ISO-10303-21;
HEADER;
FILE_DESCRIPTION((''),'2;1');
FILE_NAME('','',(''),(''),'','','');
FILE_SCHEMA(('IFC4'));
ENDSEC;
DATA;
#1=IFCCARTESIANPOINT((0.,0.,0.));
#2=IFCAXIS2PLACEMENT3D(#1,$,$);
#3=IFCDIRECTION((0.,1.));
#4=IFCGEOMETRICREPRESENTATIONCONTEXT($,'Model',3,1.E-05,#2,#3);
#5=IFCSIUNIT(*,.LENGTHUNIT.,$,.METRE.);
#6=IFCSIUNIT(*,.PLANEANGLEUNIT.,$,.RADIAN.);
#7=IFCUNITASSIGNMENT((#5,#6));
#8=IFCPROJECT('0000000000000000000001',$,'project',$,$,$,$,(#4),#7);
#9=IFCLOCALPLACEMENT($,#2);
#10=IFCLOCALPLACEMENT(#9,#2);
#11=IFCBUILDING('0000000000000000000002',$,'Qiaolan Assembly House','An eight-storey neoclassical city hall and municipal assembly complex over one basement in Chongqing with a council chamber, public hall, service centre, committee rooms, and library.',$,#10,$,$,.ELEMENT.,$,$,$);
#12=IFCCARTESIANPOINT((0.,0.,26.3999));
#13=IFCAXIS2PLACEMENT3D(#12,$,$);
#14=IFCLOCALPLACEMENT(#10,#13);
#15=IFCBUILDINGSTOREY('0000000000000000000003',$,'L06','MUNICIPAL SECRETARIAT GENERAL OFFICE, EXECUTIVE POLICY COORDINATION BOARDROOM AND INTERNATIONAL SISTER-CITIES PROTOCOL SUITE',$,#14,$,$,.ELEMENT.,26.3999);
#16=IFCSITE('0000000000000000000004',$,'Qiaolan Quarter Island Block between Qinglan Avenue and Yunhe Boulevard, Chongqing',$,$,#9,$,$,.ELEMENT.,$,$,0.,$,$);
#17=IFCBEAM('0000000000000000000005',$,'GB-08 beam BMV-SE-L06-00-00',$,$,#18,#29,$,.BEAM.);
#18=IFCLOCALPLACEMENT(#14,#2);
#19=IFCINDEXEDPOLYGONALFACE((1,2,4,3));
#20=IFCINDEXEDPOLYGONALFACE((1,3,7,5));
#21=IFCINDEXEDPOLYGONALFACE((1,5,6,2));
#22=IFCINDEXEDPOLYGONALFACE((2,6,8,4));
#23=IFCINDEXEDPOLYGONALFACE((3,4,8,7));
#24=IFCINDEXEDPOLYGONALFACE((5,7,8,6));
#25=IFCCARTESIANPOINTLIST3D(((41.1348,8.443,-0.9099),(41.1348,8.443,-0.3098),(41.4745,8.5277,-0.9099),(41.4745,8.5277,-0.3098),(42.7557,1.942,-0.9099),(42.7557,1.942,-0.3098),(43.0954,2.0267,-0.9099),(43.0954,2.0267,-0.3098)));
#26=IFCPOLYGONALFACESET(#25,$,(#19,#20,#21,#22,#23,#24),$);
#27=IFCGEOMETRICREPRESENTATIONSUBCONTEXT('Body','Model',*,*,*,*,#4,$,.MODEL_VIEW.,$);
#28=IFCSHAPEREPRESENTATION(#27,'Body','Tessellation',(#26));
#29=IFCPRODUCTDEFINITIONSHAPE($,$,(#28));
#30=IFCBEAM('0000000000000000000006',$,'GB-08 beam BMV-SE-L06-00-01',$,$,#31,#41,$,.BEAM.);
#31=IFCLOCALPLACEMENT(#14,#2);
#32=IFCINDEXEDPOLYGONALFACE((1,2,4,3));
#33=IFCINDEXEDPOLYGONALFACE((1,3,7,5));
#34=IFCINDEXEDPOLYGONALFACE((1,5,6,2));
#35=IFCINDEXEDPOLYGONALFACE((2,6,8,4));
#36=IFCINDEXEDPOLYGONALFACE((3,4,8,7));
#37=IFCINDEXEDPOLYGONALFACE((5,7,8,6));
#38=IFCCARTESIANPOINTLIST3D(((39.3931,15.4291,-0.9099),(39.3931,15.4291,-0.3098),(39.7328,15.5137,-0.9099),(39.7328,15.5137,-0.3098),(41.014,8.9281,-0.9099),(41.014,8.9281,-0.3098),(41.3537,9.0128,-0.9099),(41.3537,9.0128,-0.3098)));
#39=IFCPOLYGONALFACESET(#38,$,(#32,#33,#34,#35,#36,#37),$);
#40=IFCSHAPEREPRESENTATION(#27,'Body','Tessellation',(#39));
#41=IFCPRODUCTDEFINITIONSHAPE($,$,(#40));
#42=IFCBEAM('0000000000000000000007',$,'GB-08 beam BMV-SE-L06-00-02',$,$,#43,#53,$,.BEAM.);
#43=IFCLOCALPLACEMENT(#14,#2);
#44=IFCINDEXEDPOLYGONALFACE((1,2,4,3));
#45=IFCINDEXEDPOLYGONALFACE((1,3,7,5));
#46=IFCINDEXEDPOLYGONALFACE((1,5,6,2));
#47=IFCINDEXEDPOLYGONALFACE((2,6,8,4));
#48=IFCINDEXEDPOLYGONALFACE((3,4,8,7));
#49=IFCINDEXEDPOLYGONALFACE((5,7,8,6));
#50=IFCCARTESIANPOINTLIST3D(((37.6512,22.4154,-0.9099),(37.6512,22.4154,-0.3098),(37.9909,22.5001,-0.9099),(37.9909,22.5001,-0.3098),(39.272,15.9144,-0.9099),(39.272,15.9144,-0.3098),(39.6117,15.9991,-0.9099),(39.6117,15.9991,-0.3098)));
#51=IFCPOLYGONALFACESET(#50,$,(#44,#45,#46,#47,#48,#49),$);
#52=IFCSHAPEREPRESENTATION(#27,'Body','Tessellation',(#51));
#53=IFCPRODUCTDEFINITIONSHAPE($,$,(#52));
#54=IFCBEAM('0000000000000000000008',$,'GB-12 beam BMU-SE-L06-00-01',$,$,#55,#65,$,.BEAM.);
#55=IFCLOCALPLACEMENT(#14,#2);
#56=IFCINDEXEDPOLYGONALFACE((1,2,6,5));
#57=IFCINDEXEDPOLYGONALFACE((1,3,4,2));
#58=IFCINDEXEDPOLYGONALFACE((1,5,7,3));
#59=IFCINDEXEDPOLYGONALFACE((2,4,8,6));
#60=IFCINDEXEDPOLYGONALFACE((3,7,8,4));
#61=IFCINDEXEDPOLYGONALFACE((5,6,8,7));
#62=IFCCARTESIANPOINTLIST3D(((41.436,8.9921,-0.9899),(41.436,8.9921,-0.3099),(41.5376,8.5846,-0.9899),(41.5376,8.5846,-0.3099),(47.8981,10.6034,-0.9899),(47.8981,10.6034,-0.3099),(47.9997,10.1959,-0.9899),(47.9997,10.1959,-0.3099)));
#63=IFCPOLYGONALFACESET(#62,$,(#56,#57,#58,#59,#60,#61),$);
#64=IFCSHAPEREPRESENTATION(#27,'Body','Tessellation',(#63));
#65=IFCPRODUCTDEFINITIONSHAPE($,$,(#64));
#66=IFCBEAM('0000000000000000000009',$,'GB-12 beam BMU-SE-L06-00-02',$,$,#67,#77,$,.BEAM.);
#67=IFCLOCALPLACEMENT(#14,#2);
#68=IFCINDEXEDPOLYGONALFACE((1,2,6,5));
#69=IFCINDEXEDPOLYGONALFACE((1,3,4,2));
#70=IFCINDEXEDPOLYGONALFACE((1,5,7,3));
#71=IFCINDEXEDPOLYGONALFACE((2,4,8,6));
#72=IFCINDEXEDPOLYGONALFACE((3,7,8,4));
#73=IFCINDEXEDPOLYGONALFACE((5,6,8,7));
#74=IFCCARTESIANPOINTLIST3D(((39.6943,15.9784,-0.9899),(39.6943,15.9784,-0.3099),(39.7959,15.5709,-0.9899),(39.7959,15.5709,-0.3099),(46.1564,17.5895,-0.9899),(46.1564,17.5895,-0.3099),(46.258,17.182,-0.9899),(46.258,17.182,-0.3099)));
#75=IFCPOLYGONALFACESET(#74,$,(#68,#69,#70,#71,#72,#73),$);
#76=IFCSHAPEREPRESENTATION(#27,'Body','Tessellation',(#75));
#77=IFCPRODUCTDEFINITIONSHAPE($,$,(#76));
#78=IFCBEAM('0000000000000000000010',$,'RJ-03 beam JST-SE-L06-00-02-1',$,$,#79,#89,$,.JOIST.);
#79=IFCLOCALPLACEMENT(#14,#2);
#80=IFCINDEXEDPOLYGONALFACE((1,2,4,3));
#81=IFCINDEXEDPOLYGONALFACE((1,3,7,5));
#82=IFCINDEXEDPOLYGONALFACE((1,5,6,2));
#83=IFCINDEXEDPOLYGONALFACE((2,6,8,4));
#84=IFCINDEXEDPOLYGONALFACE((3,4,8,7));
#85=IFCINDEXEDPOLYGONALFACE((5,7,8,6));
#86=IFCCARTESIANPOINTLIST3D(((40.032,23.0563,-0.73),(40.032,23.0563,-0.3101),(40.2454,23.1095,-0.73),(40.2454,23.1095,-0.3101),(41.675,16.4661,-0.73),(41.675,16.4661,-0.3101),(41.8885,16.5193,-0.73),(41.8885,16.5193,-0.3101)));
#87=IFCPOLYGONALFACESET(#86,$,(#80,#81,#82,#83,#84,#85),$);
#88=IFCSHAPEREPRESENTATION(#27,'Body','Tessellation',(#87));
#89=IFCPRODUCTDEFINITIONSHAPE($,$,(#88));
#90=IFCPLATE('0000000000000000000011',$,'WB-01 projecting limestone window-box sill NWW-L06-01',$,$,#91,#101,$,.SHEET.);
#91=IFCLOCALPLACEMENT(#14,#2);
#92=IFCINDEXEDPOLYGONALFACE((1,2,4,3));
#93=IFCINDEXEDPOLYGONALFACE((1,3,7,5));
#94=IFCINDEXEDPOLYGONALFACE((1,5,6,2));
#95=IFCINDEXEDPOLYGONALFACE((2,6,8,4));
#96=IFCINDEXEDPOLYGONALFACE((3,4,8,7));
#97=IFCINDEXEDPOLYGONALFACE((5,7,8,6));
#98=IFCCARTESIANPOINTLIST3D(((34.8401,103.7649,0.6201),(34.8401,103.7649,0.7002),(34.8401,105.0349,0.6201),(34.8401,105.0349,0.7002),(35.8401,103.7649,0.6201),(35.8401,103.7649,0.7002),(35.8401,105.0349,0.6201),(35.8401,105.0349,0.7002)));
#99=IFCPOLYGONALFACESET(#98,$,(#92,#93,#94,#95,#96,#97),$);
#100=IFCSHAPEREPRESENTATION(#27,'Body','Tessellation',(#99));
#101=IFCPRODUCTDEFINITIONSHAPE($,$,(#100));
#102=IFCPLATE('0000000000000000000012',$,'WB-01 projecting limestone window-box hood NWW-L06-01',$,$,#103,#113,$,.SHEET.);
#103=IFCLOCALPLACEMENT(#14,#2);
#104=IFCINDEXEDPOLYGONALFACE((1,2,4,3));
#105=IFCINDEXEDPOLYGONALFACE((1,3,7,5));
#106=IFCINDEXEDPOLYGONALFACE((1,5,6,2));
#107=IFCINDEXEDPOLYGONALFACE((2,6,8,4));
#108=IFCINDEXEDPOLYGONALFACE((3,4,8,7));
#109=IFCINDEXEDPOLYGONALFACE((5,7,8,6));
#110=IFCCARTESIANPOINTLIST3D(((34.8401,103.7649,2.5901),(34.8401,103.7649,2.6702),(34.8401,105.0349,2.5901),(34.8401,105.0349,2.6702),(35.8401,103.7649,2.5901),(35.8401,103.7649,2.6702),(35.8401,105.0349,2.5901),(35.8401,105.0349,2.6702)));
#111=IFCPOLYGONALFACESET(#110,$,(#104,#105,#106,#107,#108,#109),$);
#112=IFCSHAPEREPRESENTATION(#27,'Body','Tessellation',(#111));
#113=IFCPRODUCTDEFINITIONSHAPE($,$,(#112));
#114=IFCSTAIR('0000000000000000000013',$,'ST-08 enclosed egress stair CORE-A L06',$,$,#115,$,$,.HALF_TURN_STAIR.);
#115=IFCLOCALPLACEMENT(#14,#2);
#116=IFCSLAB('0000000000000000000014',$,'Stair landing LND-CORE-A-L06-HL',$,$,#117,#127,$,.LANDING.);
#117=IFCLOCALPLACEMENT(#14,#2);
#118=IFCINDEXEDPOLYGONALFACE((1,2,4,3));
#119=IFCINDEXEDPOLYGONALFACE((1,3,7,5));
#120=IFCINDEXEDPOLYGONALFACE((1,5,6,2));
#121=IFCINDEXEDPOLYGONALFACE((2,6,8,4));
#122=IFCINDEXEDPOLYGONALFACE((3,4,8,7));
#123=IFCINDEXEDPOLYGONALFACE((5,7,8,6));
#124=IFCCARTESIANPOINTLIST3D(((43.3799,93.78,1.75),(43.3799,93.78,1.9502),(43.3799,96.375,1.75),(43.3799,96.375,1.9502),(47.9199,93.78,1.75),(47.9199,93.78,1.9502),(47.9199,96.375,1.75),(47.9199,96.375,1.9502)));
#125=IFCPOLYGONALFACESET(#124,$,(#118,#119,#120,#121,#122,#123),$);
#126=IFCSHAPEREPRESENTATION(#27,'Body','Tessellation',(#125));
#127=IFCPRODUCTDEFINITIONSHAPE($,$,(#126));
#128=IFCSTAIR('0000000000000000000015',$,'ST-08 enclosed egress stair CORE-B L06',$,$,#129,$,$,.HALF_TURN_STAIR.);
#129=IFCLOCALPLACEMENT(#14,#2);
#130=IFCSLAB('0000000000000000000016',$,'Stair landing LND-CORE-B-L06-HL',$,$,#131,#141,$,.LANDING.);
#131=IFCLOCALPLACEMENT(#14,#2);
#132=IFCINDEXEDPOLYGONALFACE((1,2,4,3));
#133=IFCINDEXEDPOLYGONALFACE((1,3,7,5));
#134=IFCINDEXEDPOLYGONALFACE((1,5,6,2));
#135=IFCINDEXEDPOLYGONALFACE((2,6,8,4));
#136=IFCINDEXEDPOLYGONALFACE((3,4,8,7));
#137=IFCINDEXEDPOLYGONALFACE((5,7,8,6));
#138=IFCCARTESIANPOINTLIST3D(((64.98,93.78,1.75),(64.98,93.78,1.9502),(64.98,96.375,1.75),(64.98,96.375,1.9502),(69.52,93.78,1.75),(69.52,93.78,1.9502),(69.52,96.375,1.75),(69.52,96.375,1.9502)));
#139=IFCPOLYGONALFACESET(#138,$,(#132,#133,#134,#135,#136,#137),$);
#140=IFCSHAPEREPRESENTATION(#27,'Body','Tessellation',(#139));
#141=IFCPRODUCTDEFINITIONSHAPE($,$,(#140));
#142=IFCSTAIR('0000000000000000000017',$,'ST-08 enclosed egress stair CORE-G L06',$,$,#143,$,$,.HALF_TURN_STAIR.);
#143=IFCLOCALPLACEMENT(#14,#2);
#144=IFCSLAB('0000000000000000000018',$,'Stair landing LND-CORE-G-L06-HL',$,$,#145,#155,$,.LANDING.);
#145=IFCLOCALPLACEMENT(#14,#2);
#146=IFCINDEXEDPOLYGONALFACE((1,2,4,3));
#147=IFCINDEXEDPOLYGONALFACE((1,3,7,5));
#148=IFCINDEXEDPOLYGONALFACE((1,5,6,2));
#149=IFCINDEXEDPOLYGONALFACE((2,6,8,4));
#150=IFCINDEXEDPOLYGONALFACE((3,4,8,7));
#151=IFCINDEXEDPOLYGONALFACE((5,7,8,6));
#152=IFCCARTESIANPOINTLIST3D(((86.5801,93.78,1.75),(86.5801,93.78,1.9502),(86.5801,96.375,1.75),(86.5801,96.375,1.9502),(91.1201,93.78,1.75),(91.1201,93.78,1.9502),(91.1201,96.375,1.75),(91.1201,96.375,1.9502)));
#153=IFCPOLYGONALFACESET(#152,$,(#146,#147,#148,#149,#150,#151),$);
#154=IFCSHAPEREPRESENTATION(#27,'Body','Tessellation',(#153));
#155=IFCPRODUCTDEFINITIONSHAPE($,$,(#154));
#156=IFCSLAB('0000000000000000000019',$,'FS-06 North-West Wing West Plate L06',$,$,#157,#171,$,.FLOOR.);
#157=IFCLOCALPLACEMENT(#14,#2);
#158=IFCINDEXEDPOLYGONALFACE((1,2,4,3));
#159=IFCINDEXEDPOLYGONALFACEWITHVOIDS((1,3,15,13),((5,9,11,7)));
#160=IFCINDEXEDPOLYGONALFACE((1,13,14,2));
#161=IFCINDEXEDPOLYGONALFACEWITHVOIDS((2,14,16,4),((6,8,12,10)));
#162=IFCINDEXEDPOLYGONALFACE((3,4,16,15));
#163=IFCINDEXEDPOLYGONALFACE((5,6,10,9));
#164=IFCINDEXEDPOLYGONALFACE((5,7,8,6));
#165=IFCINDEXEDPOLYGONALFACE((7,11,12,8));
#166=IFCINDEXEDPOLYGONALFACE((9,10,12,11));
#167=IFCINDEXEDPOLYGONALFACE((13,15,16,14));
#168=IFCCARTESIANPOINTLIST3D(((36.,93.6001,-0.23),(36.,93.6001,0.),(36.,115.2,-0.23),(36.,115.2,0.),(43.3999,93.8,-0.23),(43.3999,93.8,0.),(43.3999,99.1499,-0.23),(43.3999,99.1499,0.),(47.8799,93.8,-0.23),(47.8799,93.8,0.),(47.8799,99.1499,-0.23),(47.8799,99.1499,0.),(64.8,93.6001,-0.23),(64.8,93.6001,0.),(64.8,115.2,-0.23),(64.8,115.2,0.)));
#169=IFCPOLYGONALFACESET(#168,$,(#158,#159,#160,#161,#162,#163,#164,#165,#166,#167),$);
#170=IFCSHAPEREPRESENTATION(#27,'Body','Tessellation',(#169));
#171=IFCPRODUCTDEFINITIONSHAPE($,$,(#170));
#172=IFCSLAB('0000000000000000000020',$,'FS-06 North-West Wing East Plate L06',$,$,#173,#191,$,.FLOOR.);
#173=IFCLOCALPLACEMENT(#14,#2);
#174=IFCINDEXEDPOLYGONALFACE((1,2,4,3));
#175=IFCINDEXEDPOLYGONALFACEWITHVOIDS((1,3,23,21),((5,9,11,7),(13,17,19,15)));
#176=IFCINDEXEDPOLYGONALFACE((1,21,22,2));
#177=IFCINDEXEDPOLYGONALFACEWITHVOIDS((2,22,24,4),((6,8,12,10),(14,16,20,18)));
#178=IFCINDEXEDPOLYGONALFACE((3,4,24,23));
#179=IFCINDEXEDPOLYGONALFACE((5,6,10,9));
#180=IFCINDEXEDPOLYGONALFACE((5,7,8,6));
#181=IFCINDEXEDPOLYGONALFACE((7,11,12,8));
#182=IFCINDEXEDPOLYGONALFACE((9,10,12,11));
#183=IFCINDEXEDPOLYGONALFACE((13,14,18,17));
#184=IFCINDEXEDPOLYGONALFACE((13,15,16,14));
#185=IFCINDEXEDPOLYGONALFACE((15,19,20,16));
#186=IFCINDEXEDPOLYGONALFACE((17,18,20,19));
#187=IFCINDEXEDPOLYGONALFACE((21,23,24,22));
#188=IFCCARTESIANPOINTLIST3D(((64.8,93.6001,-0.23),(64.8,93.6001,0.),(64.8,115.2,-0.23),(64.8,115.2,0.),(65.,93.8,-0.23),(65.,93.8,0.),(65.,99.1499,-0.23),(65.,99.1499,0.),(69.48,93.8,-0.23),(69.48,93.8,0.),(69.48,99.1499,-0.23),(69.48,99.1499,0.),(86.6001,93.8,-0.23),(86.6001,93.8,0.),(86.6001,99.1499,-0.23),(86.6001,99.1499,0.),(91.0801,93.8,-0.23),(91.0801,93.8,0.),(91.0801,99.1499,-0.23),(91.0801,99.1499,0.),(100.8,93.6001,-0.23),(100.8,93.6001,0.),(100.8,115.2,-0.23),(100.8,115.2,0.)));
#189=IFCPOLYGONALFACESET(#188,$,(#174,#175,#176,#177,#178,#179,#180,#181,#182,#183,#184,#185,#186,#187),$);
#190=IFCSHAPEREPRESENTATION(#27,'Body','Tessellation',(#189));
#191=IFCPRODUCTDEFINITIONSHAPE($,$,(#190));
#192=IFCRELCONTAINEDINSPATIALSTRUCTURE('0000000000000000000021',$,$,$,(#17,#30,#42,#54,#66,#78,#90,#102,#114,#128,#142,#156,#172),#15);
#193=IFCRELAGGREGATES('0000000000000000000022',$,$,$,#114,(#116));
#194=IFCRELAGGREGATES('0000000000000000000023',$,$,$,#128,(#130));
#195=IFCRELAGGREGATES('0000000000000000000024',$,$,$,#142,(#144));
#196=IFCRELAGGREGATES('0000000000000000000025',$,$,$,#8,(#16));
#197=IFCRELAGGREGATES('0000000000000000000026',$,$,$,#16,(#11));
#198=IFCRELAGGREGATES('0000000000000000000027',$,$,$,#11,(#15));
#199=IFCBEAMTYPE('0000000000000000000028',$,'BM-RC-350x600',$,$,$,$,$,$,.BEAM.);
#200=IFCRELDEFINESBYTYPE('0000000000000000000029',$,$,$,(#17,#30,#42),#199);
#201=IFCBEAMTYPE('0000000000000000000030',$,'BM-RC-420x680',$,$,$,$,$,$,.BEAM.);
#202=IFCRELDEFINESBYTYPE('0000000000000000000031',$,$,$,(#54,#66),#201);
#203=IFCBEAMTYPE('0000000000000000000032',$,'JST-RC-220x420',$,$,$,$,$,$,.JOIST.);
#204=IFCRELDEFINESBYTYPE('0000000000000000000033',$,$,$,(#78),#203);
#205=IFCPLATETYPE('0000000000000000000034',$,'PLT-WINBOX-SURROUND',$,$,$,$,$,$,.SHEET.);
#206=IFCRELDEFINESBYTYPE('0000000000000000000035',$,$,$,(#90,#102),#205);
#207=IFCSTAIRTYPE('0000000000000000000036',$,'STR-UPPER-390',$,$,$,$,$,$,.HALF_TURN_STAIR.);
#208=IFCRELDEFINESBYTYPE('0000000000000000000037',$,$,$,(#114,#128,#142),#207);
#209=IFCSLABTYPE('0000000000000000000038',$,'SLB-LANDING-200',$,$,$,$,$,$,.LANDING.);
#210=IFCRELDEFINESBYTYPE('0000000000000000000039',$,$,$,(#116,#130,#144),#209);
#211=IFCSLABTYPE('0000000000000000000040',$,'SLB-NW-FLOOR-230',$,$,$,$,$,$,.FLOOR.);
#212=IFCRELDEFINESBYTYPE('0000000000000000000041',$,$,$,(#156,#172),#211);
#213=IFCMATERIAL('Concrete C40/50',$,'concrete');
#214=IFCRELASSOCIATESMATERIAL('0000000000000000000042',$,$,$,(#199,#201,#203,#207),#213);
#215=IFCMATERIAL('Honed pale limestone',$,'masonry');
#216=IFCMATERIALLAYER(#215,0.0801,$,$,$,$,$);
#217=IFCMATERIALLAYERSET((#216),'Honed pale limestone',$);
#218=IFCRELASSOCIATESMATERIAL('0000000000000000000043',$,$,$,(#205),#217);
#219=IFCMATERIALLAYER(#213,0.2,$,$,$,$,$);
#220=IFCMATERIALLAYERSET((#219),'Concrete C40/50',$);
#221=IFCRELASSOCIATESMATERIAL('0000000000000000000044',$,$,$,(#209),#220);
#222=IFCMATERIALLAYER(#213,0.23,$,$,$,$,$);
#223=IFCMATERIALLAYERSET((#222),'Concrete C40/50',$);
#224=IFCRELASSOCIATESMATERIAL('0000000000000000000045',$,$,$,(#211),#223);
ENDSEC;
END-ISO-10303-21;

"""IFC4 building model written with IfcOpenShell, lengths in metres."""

from ifc_helpers import new_model, si_unit, direction, frame, origin, origin_2d, place, context, subcontext, project, spatial, polyline, rectangle, outline, extrude, material, layer, layer_set, material_profile, profile_set, type_object, element, aggregate, save


model = new_model("IFC4")

# Units and contexts
model_context = context("Model", 3, precision=1e-05, world=origin(), true_north=direction((0.0, 1.0)))
body_context = subcontext(model_context, "Body", "Model", "MODEL_VIEW")
ifc_project = project(units=[si_unit("LENGTHUNIT", "METRE"), si_unit("PLANEANGLEUNIT", "RADIAN")], contexts=[model_context])

# Site, building, storey
site_placement = place(None, origin())
site = spatial("IfcSite", under=ifc_project, at=site_placement, Name="Qiaolan Quarter Island Block between Qinglan Avenue and Yunhe Boulevard, Chongqing", CompositionType="ELEMENT", RefElevation=0.0)
building_placement = place(site_placement, origin())
building = spatial("IfcBuilding", under=site, at=building_placement, Name="Qiaolan Assembly House", Description="An eight-storey neoclassical city hall and municipal assembly complex over one basement in Chongqing with a council chamber, public hall, service centre, committee rooms, and library.", CompositionType="ELEMENT")
storey_placement = place(building_placement, frame((0.0, 0.0, 26.3999)))
storey = spatial("IfcBuildingStorey", under=building, at=storey_placement, Name="L06", Description="MUNICIPAL SECRETARIAT GENERAL OFFICE, EXECUTIVE POLICY COORDINATION BOARDROOM AND INTERNATIONAL SISTER-CITIES PROTOCOL SUITE", CompositionType="ELEMENT", Elevation=26.3999)

# Beams
ifc_material_1 = material(Name="Concrete C40/50", Category="concrete")
ifc_material_profile_1 = material_profile(ifc_material_1, rectangle(XDim=0.3501, YDim=0.6001, at=origin_2d()), Name="RCB 350x600")
ifc_profile_set_1 = profile_set([ifc_material_profile_1], Name="Concrete C40/50")
beam_type_1 = type_object("IfcBeamType", Name="BM-RC-350x600", PredefinedType="BEAM", material=ifc_profile_set_1)
for number, where, z_axis, x_axis, name in (
    (1, (42.9255, 1.9844, -0.6099), (-0.241918, 0.970297, 0.0), (-0.970297, -0.241918, 0.0), "GB-08 beam BMV-SE-L06-00-00"),
    (2, (41.1838, 8.9705, -0.6099), (-0.241918, 0.970297, 0.0), (-0.970297, -0.241918, 0.0), "GB-08 beam BMV-SE-L06-00-01"),
    (3, (39.4419, 15.9568, -0.6099), (-0.241918, 0.970297, 0.0), (-0.970297, -0.241918, 0.0), "GB-08 beam BMV-SE-L06-00-02"),
):
    element("IfcBeam", number, at=place(storey_placement, frame(where, z_axis=z_axis, x_axis=x_axis)), inside=storey, type_object=beam_type_1, Name=name, PredefinedType="BEAM", context=body_context, shape_type="SweptSolid", body=[
        extrude(rectangle(XDim=0.3501, YDim=0.6001, at=origin_2d()), origin(), (0.0, 0.0, 1.0), 6.7),
    ])
ifc_material_profile_2 = material_profile(ifc_material_1, rectangle(XDim=0.4199, YDim=0.6799, at=origin_2d()), Name="RCB 420x680")
ifc_profile_set_2 = profile_set([ifc_material_profile_2], Name="Concrete C40/50")
beam_type_2 = type_object("IfcBeamType", Name="BM-RC-420x680", PredefinedType="BEAM", material=ifc_profile_set_2)
for number, where, z_axis, x_axis, name in (
    (4, (41.4868, 8.7883, -0.6499), (0.970291, 0.24194, 0.0), (-0.24194, 0.970291, 0.0), "GB-12 beam BMU-SE-L06-00-01"),
    (5, (39.7451, 15.7747, -0.6499), (0.9703, 0.241906, 0.0), (-0.241906, 0.9703, 0.0), "GB-12 beam BMU-SE-L06-00-02"),
):
    element("IfcBeam", number, at=place(storey_placement, frame(where, z_axis=z_axis, x_axis=x_axis)), inside=storey, type_object=beam_type_2, Name=name, PredefinedType="BEAM", context=body_context, shape_type="SweptSolid", body=[
        extrude(rectangle(XDim=0.4199, YDim=0.6799, at=origin_2d()), origin(), (0.0, 0.0, 1.0), 6.6599),
    ])
ifc_material_profile_3 = material_profile(ifc_material_1, rectangle(XDim=0.22, YDim=0.4199, at=origin_2d()), Name="RCB 220x420")
ifc_profile_set_3 = profile_set([ifc_material_profile_3], Name="Concrete C40/50")
beam_type_3 = type_object("IfcBeamType", Name="JST-RC-220x420", PredefinedType="JOIST", material=ifc_profile_set_3)
beam_placement = place(storey_placement, frame((41.7817, 16.4927, -0.52), z_axis=(-0.24191, 0.970299, 0.0), x_axis=(-0.970299, -0.24191, 0.0)))
element("IfcBeam", 6, at=beam_placement, inside=storey, type_object=beam_type_3, Name="RJ-03 beam JST-SE-L06-00-02-1", PredefinedType="JOIST", context=body_context, shape_type="SweptSolid", body=[
    extrude(rectangle(XDim=0.22, YDim=0.4199, at=origin_2d()), origin(), (0.0, 0.0, 1.0), 6.792),
])

# Plates
ifc_material_2 = material(Name="Honed pale limestone", Category="masonry")
ifc_layer_1 = layer(ifc_material_2, 0.0801)
ifc_layer_set_1 = layer_set([ifc_layer_1], Name="Honed pale limestone")
plate_type = type_object("IfcPlateType", Name="PLT-WINBOX-SURROUND", PredefinedType="SHEET", material=ifc_layer_set_1)
for number, where, name in (
    (7, (0.0, 0.0, 0.6201), "WB-01 projecting limestone window-box sill NWW-L06-01"),
    (8, (0.0, 0.0, 2.5901), "WB-01 projecting limestone window-box hood NWW-L06-01"),
):
    element("IfcPlate", number, at=place(storey_placement, frame(where)), inside=storey, type_object=plate_type, Name=name, PredefinedType="SHEET", context=body_context, shape_type="SweptSolid", body=[
        extrude(outline(polyline([(34.8401, 103.7649), (34.8401, 105.0349), (35.8401, 105.0349), (35.8401, 103.7649), (34.8401, 103.7649)])), origin(), (0.0, 0.0, 1.0), 0.0801),
    ])

# Stairs, slabs
stair_type = type_object("IfcStairType", Name="STR-UPPER-390", PredefinedType="HALF_TURN_STAIR", material=ifc_material_1)
stair_1_placement = place(storey_placement, origin())
stair_1 = element("IfcStair", 9, at=stair_1_placement, inside=storey, type_object=stair_type, Name="ST-08 enclosed egress stair CORE-A L06", PredefinedType="HALF_TURN_STAIR")
ifc_layer_2 = layer(ifc_material_1, 0.2)
ifc_layer_set_2 = layer_set([ifc_layer_2], Name="Concrete C40/50")
slab_type_1 = type_object("IfcSlabType", Name="SLB-LANDING-200", PredefinedType="LANDING", material=ifc_layer_set_2)
slab_1_placement = place(storey_placement, frame((0.0, 0.0, 1.75)))
slab_1 = element("IfcSlab", 10, at=slab_1_placement, type_object=slab_type_1, Name="Stair landing LND-CORE-A-L06-HL", PredefinedType="LANDING", context=body_context, shape_type="SweptSolid", body=[
    extrude(outline(polyline([(43.3799, 93.78), (43.3799, 96.375), (47.9199, 96.375), (47.9199, 93.78), (43.3799, 93.78)])), origin(), (0.0, 0.0, 1.0), 0.2002),
])
aggregate(stair_1, [slab_1])
stair_2_placement = place(storey_placement, origin())
stair_2 = element("IfcStair", 11, at=stair_2_placement, inside=storey, type_object=stair_type, Name="ST-08 enclosed egress stair CORE-B L06", PredefinedType="HALF_TURN_STAIR")
slab_2_placement = place(storey_placement, frame((0.0, 0.0, 1.75)))
slab_2 = element("IfcSlab", 12, at=slab_2_placement, type_object=slab_type_1, Name="Stair landing LND-CORE-B-L06-HL", PredefinedType="LANDING", context=body_context, shape_type="SweptSolid", body=[
    extrude(outline(polyline([(64.98, 93.78), (64.98, 96.375), (69.52, 96.375), (69.52, 93.78), (64.98, 93.78)])), origin(), (0.0, 0.0, 1.0), 0.2002),
])
aggregate(stair_2, [slab_2])
stair_3_placement = place(storey_placement, origin())
stair_3 = element("IfcStair", 13, at=stair_3_placement, inside=storey, type_object=stair_type, Name="ST-08 enclosed egress stair CORE-G L06", PredefinedType="HALF_TURN_STAIR")
slab_3_placement = place(storey_placement, frame((0.0, 0.0, 1.75)))
slab_3 = element("IfcSlab", 14, at=slab_3_placement, type_object=slab_type_1, Name="Stair landing LND-CORE-G-L06-HL", PredefinedType="LANDING", context=body_context, shape_type="SweptSolid", body=[
    extrude(outline(polyline([(86.5801, 93.78), (86.5801, 96.375), (91.1201, 96.375), (91.1201, 93.78), (86.5801, 93.78)])), origin(), (0.0, 0.0, 1.0), 0.2002),
])
aggregate(stair_3, [slab_3])

# Slabs
ifc_layer_3 = layer(ifc_material_1, 0.23)
ifc_layer_set_3 = layer_set([ifc_layer_3], Name="Concrete C40/50")
slab_type_2 = type_object("IfcSlabType", Name="SLB-NW-FLOOR-230", PredefinedType="FLOOR", material=ifc_layer_set_3)
slab_4_placement = place(storey_placement, frame((0.0, 0.0, -0.23)))
element("IfcSlab", 15, at=slab_4_placement, inside=storey, type_object=slab_type_2, Name="FS-06 North-West Wing West Plate L06", PredefinedType="FLOOR", context=body_context, shape_type="SweptSolid", body=[
    extrude(outline(polyline([(36.0, 93.6001), (64.8, 93.6001), (64.8, 115.2), (36.0, 115.2), (36.0, 93.6001)]), holes=[polyline([(43.3999, 93.8), (43.3999, 99.1499), (47.8799, 99.1499), (47.8799, 93.8), (43.3999, 93.8)])]), origin(), (0.0, 0.0, 1.0), 0.23),
])
slab_5_placement = place(storey_placement, frame((0.0, 0.0, -0.23)))
element("IfcSlab", 16, at=slab_5_placement, inside=storey, type_object=slab_type_2, Name="FS-06 North-West Wing East Plate L06", PredefinedType="FLOOR", context=body_context, shape_type="SweptSolid", body=[
    extrude(outline(polyline([(64.8, 93.6001), (100.8, 93.6001), (100.8, 115.2), (64.8, 115.2), (64.8, 93.6001)]), holes=[polyline([(65.0, 93.8), (65.0, 99.1499), (69.48, 99.1499), (69.48, 93.8), (65.0, 93.8)]), polyline([(86.6001, 93.8), (86.6001, 99.1499), (91.0801, 99.1499), (91.0801, 93.8), (86.6001, 93.8)])]), origin(), (0.0, 0.0, 1.0), 0.23),
])

save(model, "model.ifc")
